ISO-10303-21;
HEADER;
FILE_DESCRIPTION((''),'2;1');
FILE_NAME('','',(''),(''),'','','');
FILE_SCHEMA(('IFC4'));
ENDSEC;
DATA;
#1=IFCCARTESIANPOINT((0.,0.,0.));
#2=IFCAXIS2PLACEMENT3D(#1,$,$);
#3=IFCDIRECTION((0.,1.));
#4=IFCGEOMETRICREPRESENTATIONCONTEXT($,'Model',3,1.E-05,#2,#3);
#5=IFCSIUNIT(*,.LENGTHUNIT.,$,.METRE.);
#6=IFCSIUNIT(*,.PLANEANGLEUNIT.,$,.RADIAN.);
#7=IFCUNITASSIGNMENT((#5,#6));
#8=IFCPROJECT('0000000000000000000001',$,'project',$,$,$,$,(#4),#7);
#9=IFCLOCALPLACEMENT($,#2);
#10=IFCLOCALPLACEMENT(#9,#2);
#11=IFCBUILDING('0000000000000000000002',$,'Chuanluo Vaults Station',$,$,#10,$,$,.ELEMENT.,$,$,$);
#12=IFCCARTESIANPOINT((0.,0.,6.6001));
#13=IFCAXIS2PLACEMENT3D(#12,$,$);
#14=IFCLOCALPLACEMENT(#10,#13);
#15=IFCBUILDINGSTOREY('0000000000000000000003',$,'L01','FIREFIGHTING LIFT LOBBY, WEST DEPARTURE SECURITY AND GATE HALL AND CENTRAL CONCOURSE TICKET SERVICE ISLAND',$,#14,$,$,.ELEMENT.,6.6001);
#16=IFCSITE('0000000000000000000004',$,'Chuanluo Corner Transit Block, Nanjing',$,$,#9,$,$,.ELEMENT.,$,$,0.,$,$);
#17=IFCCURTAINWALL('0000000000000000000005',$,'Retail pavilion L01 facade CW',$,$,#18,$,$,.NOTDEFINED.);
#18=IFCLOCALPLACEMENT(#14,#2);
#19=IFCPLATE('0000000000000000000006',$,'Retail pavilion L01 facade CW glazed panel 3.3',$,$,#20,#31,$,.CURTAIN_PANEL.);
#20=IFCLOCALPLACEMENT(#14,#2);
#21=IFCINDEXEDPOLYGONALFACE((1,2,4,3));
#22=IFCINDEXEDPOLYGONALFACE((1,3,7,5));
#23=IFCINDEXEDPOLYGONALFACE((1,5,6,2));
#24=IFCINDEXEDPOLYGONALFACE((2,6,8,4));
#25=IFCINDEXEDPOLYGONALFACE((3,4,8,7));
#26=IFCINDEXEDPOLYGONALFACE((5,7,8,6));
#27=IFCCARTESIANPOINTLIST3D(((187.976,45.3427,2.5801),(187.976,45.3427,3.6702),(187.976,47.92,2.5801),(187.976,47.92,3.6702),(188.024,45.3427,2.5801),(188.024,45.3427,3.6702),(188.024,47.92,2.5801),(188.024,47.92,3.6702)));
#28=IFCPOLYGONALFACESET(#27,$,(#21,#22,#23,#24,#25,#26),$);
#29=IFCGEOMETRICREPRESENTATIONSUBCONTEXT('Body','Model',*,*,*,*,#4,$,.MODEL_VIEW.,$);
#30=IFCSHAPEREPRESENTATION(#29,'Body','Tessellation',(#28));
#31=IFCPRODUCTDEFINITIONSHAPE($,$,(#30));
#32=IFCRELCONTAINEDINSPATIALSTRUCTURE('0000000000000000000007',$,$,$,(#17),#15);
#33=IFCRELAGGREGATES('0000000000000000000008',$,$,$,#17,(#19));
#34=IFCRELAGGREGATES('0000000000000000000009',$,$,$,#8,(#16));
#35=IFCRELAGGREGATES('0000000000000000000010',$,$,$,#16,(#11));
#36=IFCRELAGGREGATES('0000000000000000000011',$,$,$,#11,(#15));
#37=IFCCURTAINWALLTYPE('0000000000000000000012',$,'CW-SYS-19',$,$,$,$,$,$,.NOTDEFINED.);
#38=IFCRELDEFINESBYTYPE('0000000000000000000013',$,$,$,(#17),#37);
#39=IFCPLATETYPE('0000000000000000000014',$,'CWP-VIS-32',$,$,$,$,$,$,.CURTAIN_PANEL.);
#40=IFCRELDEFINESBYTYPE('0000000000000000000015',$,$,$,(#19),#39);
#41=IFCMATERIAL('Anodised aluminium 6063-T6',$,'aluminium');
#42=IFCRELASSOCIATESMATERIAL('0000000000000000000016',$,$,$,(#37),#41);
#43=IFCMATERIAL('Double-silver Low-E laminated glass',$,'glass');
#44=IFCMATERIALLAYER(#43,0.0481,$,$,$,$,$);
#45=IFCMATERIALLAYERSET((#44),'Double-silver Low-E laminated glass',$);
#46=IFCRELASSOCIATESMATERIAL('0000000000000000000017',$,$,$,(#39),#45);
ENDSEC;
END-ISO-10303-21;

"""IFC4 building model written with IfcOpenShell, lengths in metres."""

from ifc_helpers import new_model, si_unit, direction, frame, origin, origin_2d, place, context, subcontext, project, spatial, rectangle, extrude, material, layer, layer_set, type_object, element, aggregate, save


model = new_model("IFC4")

# Units and contexts
model_context = context("Model", 3, precision=1e-05, world=origin(), true_north=direction((0.0, 1.0)))
body_context = subcontext(model_context, "Body", "Model", "MODEL_VIEW")
ifc_project = project(units=[si_unit("LENGTHUNIT", "METRE"), si_unit("PLANEANGLEUNIT", "RADIAN")], contexts=[model_context])

# Site, building, storey
site_placement = place(None, origin())
site = spatial("IfcSite", under=ifc_project, at=site_placement, Name="Chuanluo Corner Transit Block, Nanjing", CompositionType="ELEMENT", RefElevation=0.0)
building_placement = place(site_placement, origin())
building = spatial("IfcBuilding", under=site, at=building_placement, Name="Chuanluo Vaults Station", CompositionType="ELEMENT")
storey_placement = place(building_placement, frame((0.0, 0.0, 6.6001)))
storey = spatial("IfcBuildingStorey", under=building, at=storey_placement, Name="L01", Description="FIREFIGHTING LIFT LOBBY, WEST DEPARTURE SECURITY AND GATE HALL AND CENTRAL CONCOURSE TICKET SERVICE ISLAND", CompositionType="ELEMENT", Elevation=6.6001)

# Curtain wall, plate
ifc_material_1 = material(Name="Anodised aluminium 6063-T6", Category="aluminium")
curtain_wall_type = type_object("IfcCurtainWallType", Name="CW-SYS-19", PredefinedType="NOTDEFINED", material=ifc_material_1)
curtain_wall_placement = place(storey_placement, origin())
curtain_wall = element("IfcCurtainWall", 1, at=curtain_wall_placement, inside=storey, type_object=curtain_wall_type, Name="Retail pavilion L01 facade CW", PredefinedType="NOTDEFINED")
ifc_material_2 = material(Name="Double-silver Low-E laminated glass", Category="glass")
ifc_layer_1 = layer(ifc_material_2, 0.0481)
ifc_layer_set_1 = layer_set([ifc_layer_1], Name="Double-silver Low-E laminated glass")
plate_type_1 = type_object("IfcPlateType", Name="CWP-VIS-32", PredefinedType="CURTAIN_PANEL", material=ifc_layer_set_1)
plate_1_placement = place(storey_placement, frame((188.0, 46.6313, 2.5801), z_axis=(0.0, 0.0, 1.0), x_axis=(0.0, -1.0, 0.0)))
plate_1 = element("IfcPlate", 2, at=plate_1_placement, type_object=plate_type_1, Name="Retail pavilion L01 facade CW glazed panel 3.3", PredefinedType="CURTAIN_PANEL", context=body_context, shape_type="SweptSolid", body=[
    extrude(rectangle(XDim=2.5774, YDim=0.0481, at=origin_2d()), origin(), (0.0, 0.0, 1.0), 1.0901),
])
aggregate(curtain_wall, [plate_1])

save(model, "model.ifc")
